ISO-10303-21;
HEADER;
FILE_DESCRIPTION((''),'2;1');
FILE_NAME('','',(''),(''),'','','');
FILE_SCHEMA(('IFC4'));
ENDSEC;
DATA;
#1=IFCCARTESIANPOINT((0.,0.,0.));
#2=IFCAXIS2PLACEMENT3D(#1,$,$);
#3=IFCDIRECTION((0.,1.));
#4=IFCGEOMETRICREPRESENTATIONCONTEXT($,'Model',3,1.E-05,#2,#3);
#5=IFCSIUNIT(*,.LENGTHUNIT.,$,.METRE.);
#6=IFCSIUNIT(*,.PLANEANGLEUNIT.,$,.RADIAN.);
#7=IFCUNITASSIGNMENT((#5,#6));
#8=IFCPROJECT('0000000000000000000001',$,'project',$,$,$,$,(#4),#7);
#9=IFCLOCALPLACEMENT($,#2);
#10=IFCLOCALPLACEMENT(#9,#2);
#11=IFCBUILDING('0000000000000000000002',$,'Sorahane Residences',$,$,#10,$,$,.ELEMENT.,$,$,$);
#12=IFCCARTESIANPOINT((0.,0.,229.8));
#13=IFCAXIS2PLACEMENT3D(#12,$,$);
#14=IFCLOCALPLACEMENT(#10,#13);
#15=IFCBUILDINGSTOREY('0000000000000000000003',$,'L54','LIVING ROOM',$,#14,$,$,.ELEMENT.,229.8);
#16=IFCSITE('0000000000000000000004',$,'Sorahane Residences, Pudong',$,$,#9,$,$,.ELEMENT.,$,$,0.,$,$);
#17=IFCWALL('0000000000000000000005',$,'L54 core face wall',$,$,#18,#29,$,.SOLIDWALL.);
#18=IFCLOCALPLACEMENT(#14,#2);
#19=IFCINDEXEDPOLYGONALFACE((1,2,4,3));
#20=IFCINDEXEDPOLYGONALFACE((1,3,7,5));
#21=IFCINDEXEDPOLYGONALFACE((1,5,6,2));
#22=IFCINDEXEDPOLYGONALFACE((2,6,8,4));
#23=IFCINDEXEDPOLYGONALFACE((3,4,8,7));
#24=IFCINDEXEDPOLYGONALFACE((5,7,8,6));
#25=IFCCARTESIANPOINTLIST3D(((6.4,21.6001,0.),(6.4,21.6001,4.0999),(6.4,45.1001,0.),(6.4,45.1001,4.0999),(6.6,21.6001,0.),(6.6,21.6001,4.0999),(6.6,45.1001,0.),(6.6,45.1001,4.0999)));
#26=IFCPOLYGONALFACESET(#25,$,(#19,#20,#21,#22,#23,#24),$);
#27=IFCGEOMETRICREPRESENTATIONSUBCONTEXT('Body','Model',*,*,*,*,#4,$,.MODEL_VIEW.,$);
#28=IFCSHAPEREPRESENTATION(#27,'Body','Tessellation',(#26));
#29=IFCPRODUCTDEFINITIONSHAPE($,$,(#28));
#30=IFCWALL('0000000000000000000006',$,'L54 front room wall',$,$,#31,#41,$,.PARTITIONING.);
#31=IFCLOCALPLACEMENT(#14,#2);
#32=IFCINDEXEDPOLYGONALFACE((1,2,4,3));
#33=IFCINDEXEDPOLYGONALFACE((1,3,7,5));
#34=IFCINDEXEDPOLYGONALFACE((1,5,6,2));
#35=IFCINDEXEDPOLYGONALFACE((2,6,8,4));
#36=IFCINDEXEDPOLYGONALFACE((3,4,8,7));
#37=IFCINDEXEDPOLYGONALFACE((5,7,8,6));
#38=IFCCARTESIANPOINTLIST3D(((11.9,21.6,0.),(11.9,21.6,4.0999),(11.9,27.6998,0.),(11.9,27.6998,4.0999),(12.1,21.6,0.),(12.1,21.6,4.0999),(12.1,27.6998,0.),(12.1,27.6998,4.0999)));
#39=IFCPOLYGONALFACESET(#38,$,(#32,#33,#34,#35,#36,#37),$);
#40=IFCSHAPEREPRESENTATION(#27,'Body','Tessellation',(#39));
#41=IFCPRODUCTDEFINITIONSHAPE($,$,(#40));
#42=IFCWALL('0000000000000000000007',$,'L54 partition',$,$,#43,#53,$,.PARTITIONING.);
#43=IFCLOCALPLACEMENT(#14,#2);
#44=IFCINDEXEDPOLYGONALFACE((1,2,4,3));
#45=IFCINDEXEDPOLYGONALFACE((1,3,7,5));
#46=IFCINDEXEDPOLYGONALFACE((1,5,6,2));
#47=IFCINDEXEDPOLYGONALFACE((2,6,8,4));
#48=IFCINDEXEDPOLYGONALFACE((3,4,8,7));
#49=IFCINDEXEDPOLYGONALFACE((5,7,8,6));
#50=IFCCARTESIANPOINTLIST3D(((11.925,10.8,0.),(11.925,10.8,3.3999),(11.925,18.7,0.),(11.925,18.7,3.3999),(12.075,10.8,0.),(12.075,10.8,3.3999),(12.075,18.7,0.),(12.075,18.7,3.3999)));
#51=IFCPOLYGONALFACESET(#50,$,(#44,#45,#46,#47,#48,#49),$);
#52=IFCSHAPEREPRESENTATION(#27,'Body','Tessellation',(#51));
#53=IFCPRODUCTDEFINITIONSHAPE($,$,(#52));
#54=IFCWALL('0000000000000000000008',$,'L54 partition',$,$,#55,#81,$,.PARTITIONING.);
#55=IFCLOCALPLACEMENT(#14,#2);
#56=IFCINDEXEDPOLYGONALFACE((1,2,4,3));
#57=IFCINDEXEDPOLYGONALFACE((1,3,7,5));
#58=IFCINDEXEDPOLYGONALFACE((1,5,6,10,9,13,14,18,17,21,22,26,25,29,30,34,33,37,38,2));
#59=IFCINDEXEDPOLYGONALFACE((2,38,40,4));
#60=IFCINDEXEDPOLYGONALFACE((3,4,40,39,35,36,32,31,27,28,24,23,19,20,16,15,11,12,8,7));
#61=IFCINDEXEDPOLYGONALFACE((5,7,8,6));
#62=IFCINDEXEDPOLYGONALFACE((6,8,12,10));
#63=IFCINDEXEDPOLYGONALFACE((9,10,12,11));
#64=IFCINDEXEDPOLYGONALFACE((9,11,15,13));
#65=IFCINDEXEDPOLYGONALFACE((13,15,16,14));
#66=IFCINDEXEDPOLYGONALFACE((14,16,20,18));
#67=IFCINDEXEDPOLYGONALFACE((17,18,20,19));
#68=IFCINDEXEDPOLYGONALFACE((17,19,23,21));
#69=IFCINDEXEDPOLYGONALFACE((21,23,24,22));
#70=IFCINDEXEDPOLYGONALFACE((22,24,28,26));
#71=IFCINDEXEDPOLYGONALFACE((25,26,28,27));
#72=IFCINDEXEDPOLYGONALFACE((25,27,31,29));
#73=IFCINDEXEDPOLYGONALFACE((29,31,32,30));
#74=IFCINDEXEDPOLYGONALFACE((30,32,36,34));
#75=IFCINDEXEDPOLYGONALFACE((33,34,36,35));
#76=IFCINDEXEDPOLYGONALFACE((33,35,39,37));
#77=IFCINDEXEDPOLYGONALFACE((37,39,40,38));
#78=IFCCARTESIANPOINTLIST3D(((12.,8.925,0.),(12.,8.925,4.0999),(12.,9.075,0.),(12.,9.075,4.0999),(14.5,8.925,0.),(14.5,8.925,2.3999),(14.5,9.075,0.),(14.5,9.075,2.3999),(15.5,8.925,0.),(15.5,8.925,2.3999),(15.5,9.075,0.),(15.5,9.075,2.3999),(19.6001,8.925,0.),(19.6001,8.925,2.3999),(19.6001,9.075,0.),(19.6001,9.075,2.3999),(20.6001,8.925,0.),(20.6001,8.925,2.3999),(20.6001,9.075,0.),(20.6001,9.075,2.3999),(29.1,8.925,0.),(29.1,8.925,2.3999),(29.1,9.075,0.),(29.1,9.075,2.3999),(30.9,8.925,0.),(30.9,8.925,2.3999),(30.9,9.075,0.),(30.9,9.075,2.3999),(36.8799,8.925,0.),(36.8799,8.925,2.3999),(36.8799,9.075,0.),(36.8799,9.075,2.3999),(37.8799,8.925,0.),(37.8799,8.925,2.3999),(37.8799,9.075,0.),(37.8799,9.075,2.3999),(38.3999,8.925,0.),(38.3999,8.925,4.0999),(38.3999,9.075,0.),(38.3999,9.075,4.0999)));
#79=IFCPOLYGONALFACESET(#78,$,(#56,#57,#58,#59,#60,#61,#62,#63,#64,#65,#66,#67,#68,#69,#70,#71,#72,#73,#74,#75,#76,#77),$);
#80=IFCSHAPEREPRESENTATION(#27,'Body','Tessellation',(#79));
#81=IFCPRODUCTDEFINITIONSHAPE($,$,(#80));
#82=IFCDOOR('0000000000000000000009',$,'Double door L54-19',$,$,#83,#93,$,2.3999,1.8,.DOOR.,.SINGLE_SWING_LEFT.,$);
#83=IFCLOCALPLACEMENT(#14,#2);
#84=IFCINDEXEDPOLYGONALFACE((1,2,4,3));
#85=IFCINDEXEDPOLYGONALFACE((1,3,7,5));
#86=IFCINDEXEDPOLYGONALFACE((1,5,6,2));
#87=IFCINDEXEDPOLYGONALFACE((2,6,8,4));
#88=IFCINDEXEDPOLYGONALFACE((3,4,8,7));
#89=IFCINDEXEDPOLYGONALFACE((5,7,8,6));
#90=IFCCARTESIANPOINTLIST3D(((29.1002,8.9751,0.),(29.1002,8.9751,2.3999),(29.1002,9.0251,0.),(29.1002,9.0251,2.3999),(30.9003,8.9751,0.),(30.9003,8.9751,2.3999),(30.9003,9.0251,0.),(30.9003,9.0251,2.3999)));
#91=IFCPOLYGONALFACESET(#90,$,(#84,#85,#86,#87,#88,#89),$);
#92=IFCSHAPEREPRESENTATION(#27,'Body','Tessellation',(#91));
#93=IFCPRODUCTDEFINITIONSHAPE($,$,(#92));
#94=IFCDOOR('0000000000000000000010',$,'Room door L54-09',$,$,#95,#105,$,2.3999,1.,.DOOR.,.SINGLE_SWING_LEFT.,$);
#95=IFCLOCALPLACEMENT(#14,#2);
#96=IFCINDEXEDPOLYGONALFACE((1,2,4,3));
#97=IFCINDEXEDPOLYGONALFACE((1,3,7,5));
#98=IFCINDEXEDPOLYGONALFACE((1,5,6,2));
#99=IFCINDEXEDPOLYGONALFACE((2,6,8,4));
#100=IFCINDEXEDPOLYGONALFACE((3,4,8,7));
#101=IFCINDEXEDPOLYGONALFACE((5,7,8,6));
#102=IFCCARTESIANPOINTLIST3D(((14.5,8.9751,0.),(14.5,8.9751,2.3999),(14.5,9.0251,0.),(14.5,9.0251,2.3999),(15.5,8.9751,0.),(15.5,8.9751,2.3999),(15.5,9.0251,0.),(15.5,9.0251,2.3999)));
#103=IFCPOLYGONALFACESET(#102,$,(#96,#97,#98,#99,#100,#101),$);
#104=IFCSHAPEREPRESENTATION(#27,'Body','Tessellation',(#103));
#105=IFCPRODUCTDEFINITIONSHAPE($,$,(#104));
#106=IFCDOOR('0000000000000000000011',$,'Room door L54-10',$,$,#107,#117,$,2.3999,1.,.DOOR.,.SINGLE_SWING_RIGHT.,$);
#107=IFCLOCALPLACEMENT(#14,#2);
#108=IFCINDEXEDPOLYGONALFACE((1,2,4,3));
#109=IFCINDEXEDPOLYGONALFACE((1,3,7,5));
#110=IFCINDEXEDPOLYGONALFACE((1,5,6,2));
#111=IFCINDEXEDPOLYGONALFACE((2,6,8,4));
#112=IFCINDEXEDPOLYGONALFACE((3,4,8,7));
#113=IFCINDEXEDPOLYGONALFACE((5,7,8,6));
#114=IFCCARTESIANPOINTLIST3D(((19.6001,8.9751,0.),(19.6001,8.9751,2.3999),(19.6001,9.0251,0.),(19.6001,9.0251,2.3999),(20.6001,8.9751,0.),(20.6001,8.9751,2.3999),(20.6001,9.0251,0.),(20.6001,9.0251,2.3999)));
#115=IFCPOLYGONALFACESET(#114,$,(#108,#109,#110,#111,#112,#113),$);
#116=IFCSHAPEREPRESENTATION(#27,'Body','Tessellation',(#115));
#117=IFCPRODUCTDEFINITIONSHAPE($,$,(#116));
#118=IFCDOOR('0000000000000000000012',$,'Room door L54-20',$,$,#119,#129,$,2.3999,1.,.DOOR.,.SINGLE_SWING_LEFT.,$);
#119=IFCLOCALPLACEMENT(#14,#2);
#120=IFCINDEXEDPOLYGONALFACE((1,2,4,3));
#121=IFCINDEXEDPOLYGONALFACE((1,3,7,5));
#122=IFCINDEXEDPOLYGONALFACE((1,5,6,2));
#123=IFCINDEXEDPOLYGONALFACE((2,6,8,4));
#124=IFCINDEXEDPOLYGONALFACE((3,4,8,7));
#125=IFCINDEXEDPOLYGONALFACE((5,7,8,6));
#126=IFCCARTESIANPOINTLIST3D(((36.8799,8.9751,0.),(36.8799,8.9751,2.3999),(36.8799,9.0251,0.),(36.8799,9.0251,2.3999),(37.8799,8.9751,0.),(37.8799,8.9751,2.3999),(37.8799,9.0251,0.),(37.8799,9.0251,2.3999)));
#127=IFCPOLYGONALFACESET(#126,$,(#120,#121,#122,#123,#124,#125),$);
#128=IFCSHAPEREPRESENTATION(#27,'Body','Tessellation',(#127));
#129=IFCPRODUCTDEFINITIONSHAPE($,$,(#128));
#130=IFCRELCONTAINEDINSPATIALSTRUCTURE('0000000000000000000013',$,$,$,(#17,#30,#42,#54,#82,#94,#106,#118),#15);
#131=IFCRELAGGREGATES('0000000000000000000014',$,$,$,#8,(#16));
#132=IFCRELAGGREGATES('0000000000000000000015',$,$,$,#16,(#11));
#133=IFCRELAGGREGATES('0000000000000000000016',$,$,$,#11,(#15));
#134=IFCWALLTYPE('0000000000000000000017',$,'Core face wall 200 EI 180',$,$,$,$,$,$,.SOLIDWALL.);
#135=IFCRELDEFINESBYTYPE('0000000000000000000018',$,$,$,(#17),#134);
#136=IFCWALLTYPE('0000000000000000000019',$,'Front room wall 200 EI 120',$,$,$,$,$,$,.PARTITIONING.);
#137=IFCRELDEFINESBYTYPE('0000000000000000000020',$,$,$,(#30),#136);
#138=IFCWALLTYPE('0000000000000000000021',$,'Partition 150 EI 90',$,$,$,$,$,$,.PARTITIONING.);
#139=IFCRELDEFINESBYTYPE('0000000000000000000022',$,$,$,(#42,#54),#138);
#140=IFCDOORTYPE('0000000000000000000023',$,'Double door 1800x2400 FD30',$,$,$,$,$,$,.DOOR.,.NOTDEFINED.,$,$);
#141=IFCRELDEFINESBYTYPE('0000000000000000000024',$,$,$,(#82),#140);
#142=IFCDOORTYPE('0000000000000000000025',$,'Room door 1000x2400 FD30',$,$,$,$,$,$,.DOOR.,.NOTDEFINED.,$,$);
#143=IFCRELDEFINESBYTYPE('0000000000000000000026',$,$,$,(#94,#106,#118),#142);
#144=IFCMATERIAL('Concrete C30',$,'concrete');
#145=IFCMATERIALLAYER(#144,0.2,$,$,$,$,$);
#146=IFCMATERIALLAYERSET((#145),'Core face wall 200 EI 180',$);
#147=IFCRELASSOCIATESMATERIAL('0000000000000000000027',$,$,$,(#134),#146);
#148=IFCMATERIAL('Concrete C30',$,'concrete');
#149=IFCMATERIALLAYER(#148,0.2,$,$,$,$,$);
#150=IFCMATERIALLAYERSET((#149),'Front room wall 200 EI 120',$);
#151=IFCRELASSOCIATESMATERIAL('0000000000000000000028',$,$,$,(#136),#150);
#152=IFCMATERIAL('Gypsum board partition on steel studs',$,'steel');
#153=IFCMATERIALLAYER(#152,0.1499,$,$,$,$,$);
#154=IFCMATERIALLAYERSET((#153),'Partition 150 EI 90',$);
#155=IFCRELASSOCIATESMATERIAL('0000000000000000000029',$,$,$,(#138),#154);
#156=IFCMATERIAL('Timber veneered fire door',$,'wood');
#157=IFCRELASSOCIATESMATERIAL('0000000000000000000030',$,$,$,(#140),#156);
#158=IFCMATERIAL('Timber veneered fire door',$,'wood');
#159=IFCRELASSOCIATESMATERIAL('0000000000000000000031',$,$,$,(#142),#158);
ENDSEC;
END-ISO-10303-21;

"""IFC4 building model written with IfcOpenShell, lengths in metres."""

from ifc_helpers import new_model, si_unit, direction, frame, frame_2d, origin, place, context, subcontext, project, spatial, rectangle, extrude, material, layer, layer_set, type_object, element, fill, save


model = new_model("IFC4")

# Units and contexts
model_context = context("Model", 3, precision=1e-05, world=origin(), true_north=direction((0.0, 1.0)))
body_context = subcontext(model_context, "Body", "Model", "MODEL_VIEW")
ifc_project = project(units=[si_unit("LENGTHUNIT", "METRE"), si_unit("PLANEANGLEUNIT", "RADIAN")], contexts=[model_context])

# Site, building, storey
site_placement = place(None, origin())
site = spatial("IfcSite", under=ifc_project, at=site_placement, Name="Sorahane Residences, Pudong", CompositionType="ELEMENT", RefElevation=0.0)
building_placement = place(site_placement, origin())
building = spatial("IfcBuilding", under=site, at=building_placement, Name="Sorahane Residences", CompositionType="ELEMENT")
storey_placement = place(building_placement, frame((0.0, 0.0, 229.8)))
storey = spatial("IfcBuildingStorey", under=building, at=storey_placement, Name="L54", Description="LIVING ROOM", CompositionType="ELEMENT", Elevation=229.8)

# Walls
ifc_material_1 = material(Name="Concrete C30", Category="concrete")
ifc_layer_1 = layer(ifc_material_1, 0.2)
ifc_layer_set_1 = layer_set([ifc_layer_1], Name="Core face wall 200 EI 180")
wall_type_1 = type_object("IfcWallType", Name="Core face wall 200 EI 180", PredefinedType="SOLIDWALL", material=ifc_layer_set_1)
wall_1_placement = place(storey_placement, frame((6.5, 21.6001, 0.0), z_axis=(0.0, 0.0, 1.0), x_axis=(0.0, 1.0, 0.0)))
element("IfcWall", 1, at=wall_1_placement, inside=storey, type_object=wall_type_1, Name="L54 core face wall", PredefinedType="SOLIDWALL", context=body_context, shape_type="SweptSolid", body=[
    extrude(rectangle(XDim=23.5, YDim=0.2, at=frame_2d((11.75, 0.0))), origin(), (0.0, 0.0, 1.0), 4.0999),
])
ifc_material_2 = material(Name="Concrete C30", Category="concrete")
ifc_layer_2 = layer(ifc_material_2, 0.2)
ifc_layer_set_2 = layer_set([ifc_layer_2], Name="Front room wall 200 EI 120")
wall_type_2 = type_object("IfcWallType", Name="Front room wall 200 EI 120", PredefinedType="PARTITIONING", material=ifc_layer_set_2)
wall_2_placement = place(storey_placement, frame((12.0, 21.6001, 0.0), z_axis=(0.0, 0.0, 1.0), x_axis=(0.0, 1.0, 0.0)))
element("IfcWall", 2, at=wall_2_placement, inside=storey, type_object=wall_type_2, Name="L54 front room wall", PredefinedType="PARTITIONING", context=body_context, shape_type="SweptSolid", body=[
    extrude(rectangle(XDim=6.0999, YDim=0.2, at=frame_2d((3.0498, 0.0))), origin(), (0.0, 0.0, 1.0), 4.0999),
])
ifc_material_3 = material(Name="Gypsum board partition on steel studs", Category="steel")
ifc_layer_3 = layer(ifc_material_3, 0.1499)
ifc_layer_set_3 = layer_set([ifc_layer_3], Name="Partition 150 EI 90")
wall_type_3 = type_object("IfcWallType", Name="Partition 150 EI 90", PredefinedType="PARTITIONING", material=ifc_layer_set_3)
wall_3_placement = place(storey_placement, frame((12.0, 10.8, 0.0), z_axis=(0.0, 0.0, 1.0), x_axis=(0.0, 1.0, 0.0)))
element("IfcWall", 3, at=wall_3_placement, inside=storey, type_object=wall_type_3, Name="L54 partition", PredefinedType="PARTITIONING", context=body_context, shape_type="SweptSolid", body=[
    extrude(rectangle(XDim=7.8999, YDim=0.1499, at=frame_2d((3.95, 0.0))), origin(), (0.0, 0.0, 1.0), 3.3999),
])

# Wall, openings, doors
wall_4_placement = place(storey_placement, frame((12.0, 9.0, 0.0), z_axis=(0.0, 0.0, 1.0), x_axis=(1.0, 0.0, 0.0)))
wall_4 = element("IfcWall", 4, at=wall_4_placement, inside=storey, type_object=wall_type_3, Name="L54 partition", PredefinedType="PARTITIONING", context=body_context, shape_type="SweptSolid", body=[
    extrude(rectangle(XDim=26.3999, YDim=0.1499, at=frame_2d((13.2, 0.0))), origin(), (0.0, 0.0, 1.0), 4.0999),
])
opening_1_placement = place(wall_4_placement, frame((2.5, 0.0, 0.0)))
opening_1 = element("IfcOpeningElement", 5, at=opening_1_placement, cuts=wall_4, PredefinedType="OPENING", context=body_context, shape_type="SweptSolid", body=[
    extrude(rectangle(XDim=1.0, YDim=2.3999, at=frame_2d((0.5, 1.2))), frame((0.0, 0.085, 0.0), z_axis=(0.0, -1.0, 0.0), x_axis=(1.0, 0.0, 0.0)), (0.0, 0.0, 1.0), 0.1699),
])
opening_2_placement = place(wall_4_placement, frame((7.6001, 0.0, 0.0)))
opening_2 = element("IfcOpeningElement", 6, at=opening_2_placement, cuts=wall_4, PredefinedType="OPENING", context=body_context, shape_type="SweptSolid", body=[
    extrude(rectangle(XDim=1.0, YDim=2.3999, at=frame_2d((0.5, 1.2))), frame((0.0, 0.085, 0.0), z_axis=(0.0, -1.0, 0.0), x_axis=(1.0, 0.0, 0.0)), (0.0, 0.0, 1.0), 0.1699),
])
opening_3_placement = place(wall_4_placement, frame((17.1001, 0.0, 0.0)))
opening_3 = element("IfcOpeningElement", 7, at=opening_3_placement, cuts=wall_4, PredefinedType="OPENING", context=body_context, shape_type="SweptSolid", body=[
    extrude(rectangle(XDim=1.8, YDim=2.3999, at=frame_2d((0.8999, 1.2))), frame((0.0, 0.085, 0.0), z_axis=(0.0, -1.0, 0.0), x_axis=(1.0, 0.0, 0.0)), (0.0, 0.0, 1.0), 0.1699),
])
opening_4_placement = place(wall_4_placement, frame((24.8799, 0.0, 0.0)))
opening_4 = element("IfcOpeningElement", 8, at=opening_4_placement, cuts=wall_4, PredefinedType="OPENING", context=body_context, shape_type="SweptSolid", body=[
    extrude(rectangle(XDim=1.0, YDim=2.3999, at=frame_2d((0.5, 1.2))), frame((0.0, 0.085, 0.0), z_axis=(0.0, -1.0, 0.0), x_axis=(1.0, 0.0, 0.0)), (0.0, 0.0, 1.0), 0.1699),
])
ifc_material_4 = material(Name="Timber veneered fire door", Category="wood")
door_type_1 = type_object("IfcDoorType", Name="Double door 1800x2400 FD30", OperationType="NOTDEFINED", PredefinedType="DOOR", material=ifc_material_4)
door_1_placement = place(opening_3_placement, frame((1.8, 0.0, 0.0), z_axis=(0.0, 0.0, 1.0), x_axis=(-1.0, 0.0, 0.0)))
door_1 = element("IfcDoor", 9, at=door_1_placement, inside=storey, type_object=door_type_1, Name="Double door L54-19", OperationType="SINGLE_SWING_LEFT", OverallHeight=2.3999, OverallWidth=1.8, PredefinedType="DOOR", context=body_context, shape_type="SweptSolid", body=[
    extrude(rectangle(XDim=1.8, YDim=2.3999, at=frame_2d((0.8999, 1.2))), frame((0.0, 0.0249, 0.0), z_axis=(0.0, -1.0, 0.0), x_axis=(1.0, 0.0, 0.0)), (0.0, 0.0, 1.0), 0.05),
])
fill(opening_3, door_1)
ifc_material_5 = material(Name="Timber veneered fire door", Category="wood")
door_type_2 = type_object("IfcDoorType", Name="Room door 1000x2400 FD30", OperationType="NOTDEFINED", PredefinedType="DOOR", material=ifc_material_5)
door_2_placement = place(opening_1_placement, frame((1.0, 0.0, 0.0), z_axis=(0.0, 0.0, 1.0), x_axis=(-1.0, 0.0, 0.0)))
door_2 = element("IfcDoor", 10, at=door_2_placement, inside=storey, type_object=door_type_2, Name="Room door L54-09", OperationType="SINGLE_SWING_LEFT", OverallHeight=2.3999, OverallWidth=1.0, PredefinedType="DOOR", context=body_context, shape_type="SweptSolid", body=[
    extrude(rectangle(XDim=1.0, YDim=2.3999, at=frame_2d((0.5, 1.2))), frame((0.0, 0.0249, 0.0), z_axis=(0.0, -1.0, 0.0), x_axis=(1.0, 0.0, 0.0)), (0.0, 0.0, 1.0), 0.05),
])
fill(opening_1, door_2)
door_3_placement = place(opening_2_placement, frame((1.0, 0.0, 0.0), z_axis=(0.0, 0.0, 1.0), x_axis=(-1.0, 0.0, 0.0)))
door_3 = element("IfcDoor", 11, at=door_3_placement, inside=storey, type_object=door_type_2, Name="Room door L54-10", OperationType="SINGLE_SWING_RIGHT", OverallHeight=2.3999, OverallWidth=1.0, PredefinedType="DOOR", context=body_context, shape_type="SweptSolid", body=[
    extrude(rectangle(XDim=1.0, YDim=2.3999, at=frame_2d((0.5, 1.2))), frame((0.0, 0.0249, 0.0), z_axis=(0.0, -1.0, 0.0), x_axis=(1.0, 0.0, 0.0)), (0.0, 0.0, 1.0), 0.05),
])
fill(opening_2, door_3)
door_4_placement = place(opening_4_placement, frame((1.0, 0.0, 0.0), z_axis=(0.0, 0.0, 1.0), x_axis=(-1.0, 0.0, 0.0)))
door_4 = element("IfcDoor", 12, at=door_4_placement, inside=storey, type_object=door_type_2, Name="Room door L54-20", OperationType="SINGLE_SWING_LEFT", OverallHeight=2.3999, OverallWidth=1.0, PredefinedType="DOOR", context=body_context, shape_type="SweptSolid", body=[
    extrude(rectangle(XDim=1.0, YDim=2.3999, at=frame_2d((0.5, 1.2))), frame((0.0, 0.0249, 0.0), z_axis=(0.0, -1.0, 0.0), x_axis=(1.0, 0.0, 0.0)), (0.0, 0.0, 1.0), 0.05),
])
fill(opening_4, door_4)

save(model, "model.ifc")
